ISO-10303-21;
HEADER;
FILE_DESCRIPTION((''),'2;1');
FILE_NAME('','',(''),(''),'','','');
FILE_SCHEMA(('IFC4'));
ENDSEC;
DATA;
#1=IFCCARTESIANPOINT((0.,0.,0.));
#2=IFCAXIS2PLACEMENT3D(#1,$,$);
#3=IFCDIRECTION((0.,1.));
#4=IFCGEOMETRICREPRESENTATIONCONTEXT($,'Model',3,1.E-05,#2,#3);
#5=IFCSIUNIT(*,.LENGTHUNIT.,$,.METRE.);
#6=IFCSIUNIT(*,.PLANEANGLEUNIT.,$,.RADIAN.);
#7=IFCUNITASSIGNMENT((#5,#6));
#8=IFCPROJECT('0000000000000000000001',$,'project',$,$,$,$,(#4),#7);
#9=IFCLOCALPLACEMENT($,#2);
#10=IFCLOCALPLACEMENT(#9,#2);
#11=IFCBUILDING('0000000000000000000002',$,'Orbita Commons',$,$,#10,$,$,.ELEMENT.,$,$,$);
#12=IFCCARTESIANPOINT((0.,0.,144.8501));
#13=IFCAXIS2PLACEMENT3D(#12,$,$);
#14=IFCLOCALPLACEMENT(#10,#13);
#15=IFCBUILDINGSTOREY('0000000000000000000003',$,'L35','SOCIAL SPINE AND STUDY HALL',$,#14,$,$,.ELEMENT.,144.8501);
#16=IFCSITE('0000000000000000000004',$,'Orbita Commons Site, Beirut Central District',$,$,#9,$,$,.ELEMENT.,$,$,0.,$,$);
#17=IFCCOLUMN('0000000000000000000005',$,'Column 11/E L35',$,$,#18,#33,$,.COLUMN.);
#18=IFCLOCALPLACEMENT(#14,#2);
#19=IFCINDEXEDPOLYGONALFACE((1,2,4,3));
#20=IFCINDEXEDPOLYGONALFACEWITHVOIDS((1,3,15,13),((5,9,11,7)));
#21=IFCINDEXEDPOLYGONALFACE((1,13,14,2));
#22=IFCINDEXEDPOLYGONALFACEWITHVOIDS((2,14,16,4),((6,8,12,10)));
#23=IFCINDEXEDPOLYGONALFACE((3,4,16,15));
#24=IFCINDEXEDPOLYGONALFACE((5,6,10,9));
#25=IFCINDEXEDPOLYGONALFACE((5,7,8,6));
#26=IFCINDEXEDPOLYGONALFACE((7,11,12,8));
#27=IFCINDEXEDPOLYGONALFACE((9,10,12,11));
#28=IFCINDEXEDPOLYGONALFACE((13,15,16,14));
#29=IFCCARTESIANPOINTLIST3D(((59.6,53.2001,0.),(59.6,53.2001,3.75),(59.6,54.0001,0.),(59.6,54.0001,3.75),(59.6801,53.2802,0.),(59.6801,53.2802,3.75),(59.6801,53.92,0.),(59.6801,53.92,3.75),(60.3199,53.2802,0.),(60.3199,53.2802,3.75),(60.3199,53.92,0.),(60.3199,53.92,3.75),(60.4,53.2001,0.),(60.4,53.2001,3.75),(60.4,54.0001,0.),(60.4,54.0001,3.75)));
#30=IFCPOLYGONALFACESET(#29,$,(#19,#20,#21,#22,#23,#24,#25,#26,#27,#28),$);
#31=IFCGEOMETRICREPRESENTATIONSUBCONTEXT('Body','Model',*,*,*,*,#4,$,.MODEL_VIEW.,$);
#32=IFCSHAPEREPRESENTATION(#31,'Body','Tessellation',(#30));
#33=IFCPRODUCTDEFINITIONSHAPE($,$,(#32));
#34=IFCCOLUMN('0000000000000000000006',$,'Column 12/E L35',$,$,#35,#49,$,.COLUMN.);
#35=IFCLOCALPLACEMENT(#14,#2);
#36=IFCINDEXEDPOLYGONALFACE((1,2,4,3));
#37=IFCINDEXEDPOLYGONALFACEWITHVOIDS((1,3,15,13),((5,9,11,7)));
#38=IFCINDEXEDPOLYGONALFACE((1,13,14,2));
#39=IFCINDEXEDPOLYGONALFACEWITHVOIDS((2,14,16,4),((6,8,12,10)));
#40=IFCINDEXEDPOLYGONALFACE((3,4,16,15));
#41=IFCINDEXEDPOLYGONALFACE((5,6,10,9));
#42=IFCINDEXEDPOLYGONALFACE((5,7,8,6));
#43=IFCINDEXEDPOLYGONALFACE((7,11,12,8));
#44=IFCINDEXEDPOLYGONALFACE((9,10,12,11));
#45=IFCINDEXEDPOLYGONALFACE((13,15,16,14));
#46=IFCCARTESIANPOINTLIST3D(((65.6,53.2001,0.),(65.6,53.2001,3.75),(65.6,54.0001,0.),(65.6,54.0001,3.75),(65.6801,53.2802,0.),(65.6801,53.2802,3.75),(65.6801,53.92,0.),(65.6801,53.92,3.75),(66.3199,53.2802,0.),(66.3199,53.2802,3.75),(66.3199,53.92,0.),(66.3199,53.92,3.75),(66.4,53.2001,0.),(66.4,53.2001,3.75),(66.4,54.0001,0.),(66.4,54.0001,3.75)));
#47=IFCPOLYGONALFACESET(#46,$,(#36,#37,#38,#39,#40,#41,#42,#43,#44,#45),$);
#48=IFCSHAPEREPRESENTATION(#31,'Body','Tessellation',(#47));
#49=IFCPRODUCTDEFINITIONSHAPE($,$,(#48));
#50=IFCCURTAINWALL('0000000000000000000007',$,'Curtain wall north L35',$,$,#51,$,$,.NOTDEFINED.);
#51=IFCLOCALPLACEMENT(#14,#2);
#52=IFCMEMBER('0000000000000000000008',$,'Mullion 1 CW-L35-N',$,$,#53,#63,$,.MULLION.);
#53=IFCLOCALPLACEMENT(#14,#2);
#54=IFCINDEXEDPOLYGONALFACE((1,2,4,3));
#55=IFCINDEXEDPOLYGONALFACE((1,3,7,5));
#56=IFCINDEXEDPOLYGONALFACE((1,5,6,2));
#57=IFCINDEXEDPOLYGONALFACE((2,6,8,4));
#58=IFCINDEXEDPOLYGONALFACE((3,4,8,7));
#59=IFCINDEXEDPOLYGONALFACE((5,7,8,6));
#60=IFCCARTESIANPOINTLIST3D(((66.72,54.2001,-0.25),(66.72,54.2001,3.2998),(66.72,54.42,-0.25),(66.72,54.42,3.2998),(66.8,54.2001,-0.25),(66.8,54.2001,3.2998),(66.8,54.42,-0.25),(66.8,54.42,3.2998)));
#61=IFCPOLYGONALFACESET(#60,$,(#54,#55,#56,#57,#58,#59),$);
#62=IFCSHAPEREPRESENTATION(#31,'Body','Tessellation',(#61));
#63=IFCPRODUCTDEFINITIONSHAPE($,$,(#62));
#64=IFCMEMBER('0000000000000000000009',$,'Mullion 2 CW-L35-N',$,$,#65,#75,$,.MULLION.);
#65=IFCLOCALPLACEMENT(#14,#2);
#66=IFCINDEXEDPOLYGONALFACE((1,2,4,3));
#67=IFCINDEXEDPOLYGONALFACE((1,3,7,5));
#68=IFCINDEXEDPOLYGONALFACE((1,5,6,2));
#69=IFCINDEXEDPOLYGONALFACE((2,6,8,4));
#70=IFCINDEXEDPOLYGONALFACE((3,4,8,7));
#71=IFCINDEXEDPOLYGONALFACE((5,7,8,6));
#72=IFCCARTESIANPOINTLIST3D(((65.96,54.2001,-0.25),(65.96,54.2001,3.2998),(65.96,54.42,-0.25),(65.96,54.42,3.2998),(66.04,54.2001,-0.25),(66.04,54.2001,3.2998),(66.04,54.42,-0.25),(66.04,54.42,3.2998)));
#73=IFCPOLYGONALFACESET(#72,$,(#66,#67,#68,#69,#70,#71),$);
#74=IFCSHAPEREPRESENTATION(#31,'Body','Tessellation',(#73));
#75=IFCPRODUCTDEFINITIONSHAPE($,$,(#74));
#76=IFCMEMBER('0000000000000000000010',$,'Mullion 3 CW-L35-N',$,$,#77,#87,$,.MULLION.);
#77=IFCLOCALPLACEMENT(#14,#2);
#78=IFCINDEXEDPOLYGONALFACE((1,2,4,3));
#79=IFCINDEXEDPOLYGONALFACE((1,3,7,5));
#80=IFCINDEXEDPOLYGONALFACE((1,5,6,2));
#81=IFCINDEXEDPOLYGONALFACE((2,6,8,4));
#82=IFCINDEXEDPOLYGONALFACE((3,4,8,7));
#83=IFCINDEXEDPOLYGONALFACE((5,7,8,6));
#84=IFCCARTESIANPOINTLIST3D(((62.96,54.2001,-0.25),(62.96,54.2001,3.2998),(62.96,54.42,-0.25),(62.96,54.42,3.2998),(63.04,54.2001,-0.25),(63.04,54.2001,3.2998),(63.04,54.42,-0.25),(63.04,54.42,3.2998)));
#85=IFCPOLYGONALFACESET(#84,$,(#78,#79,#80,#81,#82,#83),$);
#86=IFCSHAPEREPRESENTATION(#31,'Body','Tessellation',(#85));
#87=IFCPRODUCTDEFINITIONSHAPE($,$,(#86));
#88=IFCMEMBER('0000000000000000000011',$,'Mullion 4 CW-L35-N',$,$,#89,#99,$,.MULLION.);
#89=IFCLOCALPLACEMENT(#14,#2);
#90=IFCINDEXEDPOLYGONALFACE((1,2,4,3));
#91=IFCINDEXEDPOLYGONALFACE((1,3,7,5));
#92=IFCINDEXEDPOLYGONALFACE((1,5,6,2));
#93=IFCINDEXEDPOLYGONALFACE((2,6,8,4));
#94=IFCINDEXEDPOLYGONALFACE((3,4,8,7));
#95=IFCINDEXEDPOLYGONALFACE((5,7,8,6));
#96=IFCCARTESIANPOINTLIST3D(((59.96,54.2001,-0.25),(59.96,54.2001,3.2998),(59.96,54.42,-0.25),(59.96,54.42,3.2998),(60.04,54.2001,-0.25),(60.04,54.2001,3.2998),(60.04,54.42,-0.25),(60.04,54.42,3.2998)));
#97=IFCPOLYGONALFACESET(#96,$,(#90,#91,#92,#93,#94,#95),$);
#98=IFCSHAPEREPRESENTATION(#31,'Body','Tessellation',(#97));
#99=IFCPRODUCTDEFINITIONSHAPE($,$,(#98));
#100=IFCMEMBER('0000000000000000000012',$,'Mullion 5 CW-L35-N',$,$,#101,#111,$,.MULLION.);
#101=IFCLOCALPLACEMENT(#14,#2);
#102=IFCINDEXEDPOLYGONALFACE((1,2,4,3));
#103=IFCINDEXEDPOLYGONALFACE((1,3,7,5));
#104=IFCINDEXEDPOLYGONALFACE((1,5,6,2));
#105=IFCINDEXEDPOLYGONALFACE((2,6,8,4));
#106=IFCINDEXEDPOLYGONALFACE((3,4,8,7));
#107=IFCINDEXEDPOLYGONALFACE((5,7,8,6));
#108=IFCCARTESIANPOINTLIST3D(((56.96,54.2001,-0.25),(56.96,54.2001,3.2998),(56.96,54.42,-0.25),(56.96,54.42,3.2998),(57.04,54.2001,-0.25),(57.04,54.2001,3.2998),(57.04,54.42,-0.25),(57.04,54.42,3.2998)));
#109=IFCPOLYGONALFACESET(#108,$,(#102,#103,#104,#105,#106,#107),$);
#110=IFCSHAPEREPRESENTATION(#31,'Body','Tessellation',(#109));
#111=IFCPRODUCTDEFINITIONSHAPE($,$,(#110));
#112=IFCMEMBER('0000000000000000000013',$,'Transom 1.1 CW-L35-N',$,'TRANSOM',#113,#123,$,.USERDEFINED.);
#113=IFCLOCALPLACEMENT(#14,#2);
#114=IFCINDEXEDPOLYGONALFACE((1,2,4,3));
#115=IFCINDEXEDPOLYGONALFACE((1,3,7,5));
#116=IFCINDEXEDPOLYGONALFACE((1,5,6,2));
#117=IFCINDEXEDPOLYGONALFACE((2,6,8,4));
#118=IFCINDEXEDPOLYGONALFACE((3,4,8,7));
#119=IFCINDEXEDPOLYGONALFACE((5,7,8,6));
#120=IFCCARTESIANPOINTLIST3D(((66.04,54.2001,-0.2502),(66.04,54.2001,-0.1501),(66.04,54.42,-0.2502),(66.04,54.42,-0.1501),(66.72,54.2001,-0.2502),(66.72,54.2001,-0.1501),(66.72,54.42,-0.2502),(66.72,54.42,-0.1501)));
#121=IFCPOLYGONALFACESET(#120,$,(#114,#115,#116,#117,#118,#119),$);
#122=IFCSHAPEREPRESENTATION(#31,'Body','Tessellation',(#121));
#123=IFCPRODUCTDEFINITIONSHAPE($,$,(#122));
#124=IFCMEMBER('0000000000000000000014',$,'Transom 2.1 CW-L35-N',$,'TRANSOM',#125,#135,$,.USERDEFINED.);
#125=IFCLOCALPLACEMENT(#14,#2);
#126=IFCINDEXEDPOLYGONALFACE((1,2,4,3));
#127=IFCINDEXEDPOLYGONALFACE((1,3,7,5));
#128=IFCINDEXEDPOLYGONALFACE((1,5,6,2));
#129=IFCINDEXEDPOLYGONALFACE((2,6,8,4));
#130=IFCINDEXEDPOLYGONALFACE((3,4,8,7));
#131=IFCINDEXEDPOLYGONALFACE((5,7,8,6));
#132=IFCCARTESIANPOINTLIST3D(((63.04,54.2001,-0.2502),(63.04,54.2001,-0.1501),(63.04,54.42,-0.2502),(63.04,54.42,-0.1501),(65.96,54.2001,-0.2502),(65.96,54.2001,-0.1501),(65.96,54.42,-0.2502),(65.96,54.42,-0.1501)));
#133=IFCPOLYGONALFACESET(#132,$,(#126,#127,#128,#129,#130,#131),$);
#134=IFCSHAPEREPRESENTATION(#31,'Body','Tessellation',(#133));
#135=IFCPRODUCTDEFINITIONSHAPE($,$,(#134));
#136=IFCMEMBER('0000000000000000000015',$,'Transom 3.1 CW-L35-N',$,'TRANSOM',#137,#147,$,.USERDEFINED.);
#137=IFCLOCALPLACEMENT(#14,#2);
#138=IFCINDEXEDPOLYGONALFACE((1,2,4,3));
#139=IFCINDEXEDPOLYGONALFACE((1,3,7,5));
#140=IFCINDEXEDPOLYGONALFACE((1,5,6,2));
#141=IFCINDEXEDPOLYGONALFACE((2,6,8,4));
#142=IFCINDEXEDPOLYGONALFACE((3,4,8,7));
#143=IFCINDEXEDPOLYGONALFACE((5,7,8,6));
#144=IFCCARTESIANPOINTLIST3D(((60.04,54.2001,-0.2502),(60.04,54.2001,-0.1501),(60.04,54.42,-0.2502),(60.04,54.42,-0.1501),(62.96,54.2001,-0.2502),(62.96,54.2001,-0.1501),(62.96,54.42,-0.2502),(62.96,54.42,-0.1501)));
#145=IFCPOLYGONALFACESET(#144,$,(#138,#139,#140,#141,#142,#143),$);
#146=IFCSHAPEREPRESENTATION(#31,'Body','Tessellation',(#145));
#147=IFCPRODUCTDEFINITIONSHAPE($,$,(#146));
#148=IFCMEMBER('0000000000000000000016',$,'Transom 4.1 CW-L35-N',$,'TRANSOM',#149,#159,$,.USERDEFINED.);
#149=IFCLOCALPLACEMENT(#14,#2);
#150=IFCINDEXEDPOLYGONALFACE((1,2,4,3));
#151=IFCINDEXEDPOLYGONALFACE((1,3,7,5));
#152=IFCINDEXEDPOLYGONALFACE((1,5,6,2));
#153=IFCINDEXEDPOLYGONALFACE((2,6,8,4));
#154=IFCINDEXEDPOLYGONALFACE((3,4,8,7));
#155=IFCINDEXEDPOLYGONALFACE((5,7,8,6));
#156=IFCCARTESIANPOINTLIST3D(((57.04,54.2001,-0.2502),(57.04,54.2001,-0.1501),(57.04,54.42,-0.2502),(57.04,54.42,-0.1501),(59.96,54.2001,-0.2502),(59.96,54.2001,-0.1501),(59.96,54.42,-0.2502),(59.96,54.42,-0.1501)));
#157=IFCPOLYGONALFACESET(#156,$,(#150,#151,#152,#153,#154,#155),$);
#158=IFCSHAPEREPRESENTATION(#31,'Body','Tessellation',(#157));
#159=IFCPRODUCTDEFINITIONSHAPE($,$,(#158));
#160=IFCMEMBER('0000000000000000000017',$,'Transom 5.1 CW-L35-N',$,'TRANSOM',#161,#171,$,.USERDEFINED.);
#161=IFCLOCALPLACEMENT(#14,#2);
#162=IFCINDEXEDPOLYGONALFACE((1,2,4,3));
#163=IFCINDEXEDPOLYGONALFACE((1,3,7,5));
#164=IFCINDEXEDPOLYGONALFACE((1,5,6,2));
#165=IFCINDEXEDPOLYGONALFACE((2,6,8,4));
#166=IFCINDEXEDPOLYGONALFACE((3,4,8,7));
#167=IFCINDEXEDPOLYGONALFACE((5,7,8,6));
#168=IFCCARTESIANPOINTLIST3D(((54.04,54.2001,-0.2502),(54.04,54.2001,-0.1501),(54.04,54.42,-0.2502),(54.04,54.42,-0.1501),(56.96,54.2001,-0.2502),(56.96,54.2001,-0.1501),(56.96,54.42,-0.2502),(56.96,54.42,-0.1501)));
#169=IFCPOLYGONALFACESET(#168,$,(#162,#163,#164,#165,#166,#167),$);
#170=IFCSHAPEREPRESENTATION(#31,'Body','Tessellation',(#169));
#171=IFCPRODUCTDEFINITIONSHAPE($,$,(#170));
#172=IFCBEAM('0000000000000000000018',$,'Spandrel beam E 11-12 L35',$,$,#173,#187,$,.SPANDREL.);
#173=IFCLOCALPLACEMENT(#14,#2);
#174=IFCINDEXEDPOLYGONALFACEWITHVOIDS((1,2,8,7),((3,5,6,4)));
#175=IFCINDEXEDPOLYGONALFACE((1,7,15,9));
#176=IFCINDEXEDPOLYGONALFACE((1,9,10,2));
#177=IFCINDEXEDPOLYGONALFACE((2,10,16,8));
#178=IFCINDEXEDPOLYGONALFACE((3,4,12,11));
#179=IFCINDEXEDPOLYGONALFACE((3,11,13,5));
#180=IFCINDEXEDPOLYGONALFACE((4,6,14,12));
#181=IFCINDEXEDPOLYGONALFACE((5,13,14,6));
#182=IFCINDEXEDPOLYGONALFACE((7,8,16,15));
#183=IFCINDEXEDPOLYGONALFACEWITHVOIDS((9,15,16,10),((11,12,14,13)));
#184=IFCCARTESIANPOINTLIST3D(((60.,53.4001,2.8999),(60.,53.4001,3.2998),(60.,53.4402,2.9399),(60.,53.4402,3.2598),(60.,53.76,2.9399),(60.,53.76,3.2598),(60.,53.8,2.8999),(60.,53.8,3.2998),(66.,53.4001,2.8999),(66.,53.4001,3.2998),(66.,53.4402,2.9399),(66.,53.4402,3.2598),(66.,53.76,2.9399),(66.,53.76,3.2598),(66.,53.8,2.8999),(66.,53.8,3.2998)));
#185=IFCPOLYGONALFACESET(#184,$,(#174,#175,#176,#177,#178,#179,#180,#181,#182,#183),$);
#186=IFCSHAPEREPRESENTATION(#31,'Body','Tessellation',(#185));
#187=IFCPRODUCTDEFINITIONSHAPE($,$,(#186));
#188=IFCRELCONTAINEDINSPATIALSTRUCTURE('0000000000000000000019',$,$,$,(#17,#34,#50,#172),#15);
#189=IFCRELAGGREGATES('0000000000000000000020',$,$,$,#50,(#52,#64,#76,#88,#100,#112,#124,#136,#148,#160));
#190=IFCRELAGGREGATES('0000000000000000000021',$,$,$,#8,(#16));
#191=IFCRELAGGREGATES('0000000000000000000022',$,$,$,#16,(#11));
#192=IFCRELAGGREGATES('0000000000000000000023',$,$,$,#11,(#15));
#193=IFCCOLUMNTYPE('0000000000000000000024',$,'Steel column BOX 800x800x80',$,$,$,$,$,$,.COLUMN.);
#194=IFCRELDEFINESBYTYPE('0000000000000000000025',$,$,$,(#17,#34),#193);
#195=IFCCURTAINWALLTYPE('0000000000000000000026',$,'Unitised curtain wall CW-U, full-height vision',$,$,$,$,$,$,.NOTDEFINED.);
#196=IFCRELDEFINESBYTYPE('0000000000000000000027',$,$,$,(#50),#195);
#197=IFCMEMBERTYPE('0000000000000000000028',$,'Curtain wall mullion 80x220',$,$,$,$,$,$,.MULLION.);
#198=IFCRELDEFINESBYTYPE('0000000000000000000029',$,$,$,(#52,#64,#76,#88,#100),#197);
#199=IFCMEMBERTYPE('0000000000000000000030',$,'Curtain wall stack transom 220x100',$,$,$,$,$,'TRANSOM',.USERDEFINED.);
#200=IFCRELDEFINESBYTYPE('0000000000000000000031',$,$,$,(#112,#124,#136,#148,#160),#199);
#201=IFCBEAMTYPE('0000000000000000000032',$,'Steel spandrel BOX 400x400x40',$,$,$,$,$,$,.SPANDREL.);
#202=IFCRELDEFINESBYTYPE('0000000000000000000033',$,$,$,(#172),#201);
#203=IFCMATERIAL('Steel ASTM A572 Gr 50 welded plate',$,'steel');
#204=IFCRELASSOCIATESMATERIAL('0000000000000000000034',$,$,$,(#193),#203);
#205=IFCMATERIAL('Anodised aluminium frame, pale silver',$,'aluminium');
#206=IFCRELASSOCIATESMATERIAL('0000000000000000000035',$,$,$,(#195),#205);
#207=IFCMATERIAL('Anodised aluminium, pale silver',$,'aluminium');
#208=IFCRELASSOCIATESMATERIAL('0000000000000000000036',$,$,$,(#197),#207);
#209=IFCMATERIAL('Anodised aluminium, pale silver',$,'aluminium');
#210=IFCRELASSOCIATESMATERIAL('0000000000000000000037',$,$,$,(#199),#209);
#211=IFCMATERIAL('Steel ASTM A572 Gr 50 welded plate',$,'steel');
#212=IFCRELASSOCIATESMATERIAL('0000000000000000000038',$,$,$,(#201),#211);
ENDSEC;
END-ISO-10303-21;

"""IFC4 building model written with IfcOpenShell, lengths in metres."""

from ifc_helpers import new_model, si_unit, direction, frame, origin, origin_2d, place, context, subcontext, project, spatial, rectangle, hollow_rectangle, extrude, material, material_profile, profile_set, type_object, element, aggregate, save


model = new_model("IFC4")

# Units and contexts
model_context = context("Model", 3, precision=1e-05, world=origin(), true_north=direction((0.0, 1.0)))
body_context = subcontext(model_context, "Body", "Model", "MODEL_VIEW")
ifc_project = project(units=[si_unit("LENGTHUNIT", "METRE"), si_unit("PLANEANGLEUNIT", "RADIAN")], contexts=[model_context])

# Site, building, storey
site_placement = place(None, origin())
site = spatial("IfcSite", under=ifc_project, at=site_placement, Name="Orbita Commons Site, Beirut Central District", CompositionType="ELEMENT", RefElevation=0.0)
building_placement = place(site_placement, origin())
building = spatial("IfcBuilding", under=site, at=building_placement, Name="Orbita Commons", CompositionType="ELEMENT")
storey_placement = place(building_placement, frame((0.0, 0.0, 144.8501)))
storey = spatial("IfcBuildingStorey", under=building, at=storey_placement, Name="L35", Description="SOCIAL SPINE AND STUDY HALL", CompositionType="ELEMENT", Elevation=144.8501)

# Columns
ifc_material_1 = material(Name="Steel ASTM A572 Gr 50 welded plate", Category="steel")
ifc_material_profile_1 = material_profile(ifc_material_1, hollow_rectangle(XDim=0.8, YDim=0.8, WallThickness=0.0801, at=origin_2d()), Name="BOX 800x800x80")
ifc_profile_set_1 = profile_set([ifc_material_profile_1], Name="Steel ASTM A572 Gr 50 welded plate")
column_type = type_object("IfcColumnType", Name="Steel column BOX 800x800x80", PredefinedType="COLUMN", material=ifc_profile_set_1)
for number, where, z_axis, x_axis, name in (
    (1, (60.0, 53.6001, 0.0), (0.0, 0.0, 1.0), (1.0, 0.0, 0.0), "Column 11/E L35"),
    (2, (66.0, 53.6001, 0.0), (0.0, 0.0, 1.0), (1.0, 0.0, 0.0), "Column 12/E L35"),
):
    element("IfcColumn", number, at=place(storey_placement, frame(where, z_axis=z_axis, x_axis=x_axis)), inside=storey, type_object=column_type, Name=name, PredefinedType="COLUMN", context=body_context, shape_type="SweptSolid", body=[
        extrude(hollow_rectangle(XDim=0.8, YDim=0.8, WallThickness=0.0801, at=origin_2d()), origin(), (0.0, 0.0, 1.0), 3.75),
    ])

# Curtain wall, members
ifc_material_2 = material(Name="Anodised aluminium frame, pale silver", Category="aluminium")
curtain_wall_type = type_object("IfcCurtainWallType", Name="Unitised curtain wall CW-U, full-height vision", PredefinedType="NOTDEFINED", material=ifc_material_2)
curtain_wall_placement = place(storey_placement, origin())
curtain_wall = element("IfcCurtainWall", 3, at=curtain_wall_placement, inside=storey, type_object=curtain_wall_type, Name="Curtain wall north L35", PredefinedType="NOTDEFINED")
ifc_material_3 = material(Name="Anodised aluminium, pale silver", Category="aluminium")
ifc_material_profile_2 = material_profile(ifc_material_3, rectangle(XDim=0.0801, YDim=0.22, at=origin_2d()), Name="AL 80x220")
ifc_profile_set_2 = profile_set([ifc_material_profile_2], Name="Anodised aluminium, pale silver")
member_type_1 = type_object("IfcMemberType", Name="Curtain wall mullion 80x220", PredefinedType="MULLION", material=ifc_profile_set_2)
member_1_placement = place(storey_placement, frame((66.76, 54.3101, -0.25), z_axis=(0.0, 0.0, 1.0), x_axis=(-1.0, 0.0, 0.0)))
member_1 = element("IfcMember", 4, at=member_1_placement, type_object=member_type_1, Name="Mullion 1 CW-L35-N", PredefinedType="MULLION", context=body_context, shape_type="SweptSolid", body=[
    extrude(rectangle(XDim=0.0801, YDim=0.22, at=origin_2d()), origin(), (0.0, 0.0, 1.0), 3.5498),
])
member_2_placement = place(storey_placement, frame((66.0, 54.3101, -0.25), z_axis=(0.0, 0.0, 1.0), x_axis=(-1.0, 0.0, 0.0)))
member_2 = element("IfcMember", 5, at=member_2_placement, type_object=member_type_1, Name="Mullion 2 CW-L35-N", PredefinedType="MULLION", context=body_context, shape_type="SweptSolid", body=[
    extrude(rectangle(XDim=0.0801, YDim=0.22, at=origin_2d()), origin(), (0.0, 0.0, 1.0), 3.5498),
])
member_3_placement = place(storey_placement, frame((63.0, 54.3101, -0.25), z_axis=(0.0, 0.0, 1.0), x_axis=(-1.0, 0.0, 0.0)))
member_3 = element("IfcMember", 6, at=member_3_placement, type_object=member_type_1, Name="Mullion 3 CW-L35-N", PredefinedType="MULLION", context=body_context, shape_type="SweptSolid", body=[
    extrude(rectangle(XDim=0.0801, YDim=0.22, at=origin_2d()), origin(), (0.0, 0.0, 1.0), 3.5498),
])
member_4_placement = place(storey_placement, frame((60.0, 54.3101, -0.25), z_axis=(0.0, 0.0, 1.0), x_axis=(-1.0, 0.0, 0.0)))
member_4 = element("IfcMember", 7, at=member_4_placement, type_object=member_type_1, Name="Mullion 4 CW-L35-N", PredefinedType="MULLION", context=body_context, shape_type="SweptSolid", body=[
    extrude(rectangle(XDim=0.0801, YDim=0.22, at=origin_2d()), origin(), (0.0, 0.0, 1.0), 3.5498),
])
member_5_placement = place(storey_placement, frame((57.0, 54.3101, -0.25), z_axis=(0.0, 0.0, 1.0), x_axis=(-1.0, 0.0, 0.0)))
member_5 = element("IfcMember", 8, at=member_5_placement, type_object=member_type_1, Name="Mullion 5 CW-L35-N", PredefinedType="MULLION", context=body_context, shape_type="SweptSolid", body=[
    extrude(rectangle(XDim=0.0801, YDim=0.22, at=origin_2d()), origin(), (0.0, 0.0, 1.0), 3.5498),
])
ifc_material_4 = material(Name="Anodised aluminium, pale silver", Category="aluminium")
ifc_material_profile_3 = material_profile(ifc_material_4, rectangle(XDim=0.22, YDim=0.1001, at=origin_2d()), Name="AL 220x100")
ifc_profile_set_3 = profile_set([ifc_material_profile_3], Name="Anodised aluminium, pale silver")
member_type_2 = type_object("IfcMemberType", Name="Curtain wall stack transom 220x100", ElementType="TRANSOM", PredefinedType="USERDEFINED", material=ifc_profile_set_3)
member_6_placement = place(storey_placement, frame((66.72, 54.3101, -0.2002), z_axis=(-1.0, 0.0, 0.0), x_axis=(0.0, -1.0, 0.0)))
member_6 = element("IfcMember", 9, at=member_6_placement, type_object=member_type_2, Name="Transom 1.1 CW-L35-N", ObjectType="TRANSOM", PredefinedType="USERDEFINED", context=body_context, shape_type="SweptSolid", body=[
    extrude(rectangle(XDim=0.22, YDim=0.1001, at=origin_2d()), origin(), (0.0, 0.0, 1.0), 0.6799),
])
member_7_placement = place(storey_placement, frame((65.96, 54.3101, -0.2002), z_axis=(-1.0, 0.0, 0.0), x_axis=(0.0, -1.0, 0.0)))
member_7 = element("IfcMember", 10, at=member_7_placement, type_object=member_type_2, Name="Transom 2.1 CW-L35-N", ObjectType="TRANSOM", PredefinedType="USERDEFINED", context=body_context, shape_type="SweptSolid", body=[
    extrude(rectangle(XDim=0.22, YDim=0.1001, at=origin_2d()), origin(), (0.0, 0.0, 1.0), 2.9199),
])
member_8_placement = place(storey_placement, frame((62.96, 54.3101, -0.2002), z_axis=(-1.0, 0.0, 0.0), x_axis=(0.0, -1.0, 0.0)))
member_8 = element("IfcMember", 11, at=member_8_placement, type_object=member_type_2, Name="Transom 3.1 CW-L35-N", ObjectType="TRANSOM", PredefinedType="USERDEFINED", context=body_context, shape_type="SweptSolid", body=[
    extrude(rectangle(XDim=0.22, YDim=0.1001, at=origin_2d()), origin(), (0.0, 0.0, 1.0), 2.9199),
])
member_9_placement = place(storey_placement, frame((59.96, 54.3101, -0.2002), z_axis=(-1.0, 0.0, 0.0), x_axis=(0.0, -1.0, 0.0)))
member_9 = element("IfcMember", 12, at=member_9_placement, type_object=member_type_2, Name="Transom 4.1 CW-L35-N", ObjectType="TRANSOM", PredefinedType="USERDEFINED", context=body_context, shape_type="SweptSolid", body=[
    extrude(rectangle(XDim=0.22, YDim=0.1001, at=origin_2d()), origin(), (0.0, 0.0, 1.0), 2.9199),
])
member_10_placement = place(storey_placement, frame((56.96, 54.3101, -0.2002), z_axis=(-1.0, 0.0, 0.0), x_axis=(0.0, -1.0, 0.0)))
member_10 = element("IfcMember", 13, at=member_10_placement, type_object=member_type_2, Name="Transom 5.1 CW-L35-N", ObjectType="TRANSOM", PredefinedType="USERDEFINED", context=body_context, shape_type="SweptSolid", body=[
    extrude(rectangle(XDim=0.22, YDim=0.1001, at=origin_2d()), origin(), (0.0, 0.0, 1.0), 2.9199),
])

# Beam
ifc_material_5 = material(Name="Steel ASTM A572 Gr 50 welded plate", Category="steel")
ifc_material_profile_4 = material_profile(ifc_material_5, hollow_rectangle(XDim=0.3999, YDim=0.3999, WallThickness=0.04, at=origin_2d()), Name="BOX 400x400x40")
ifc_profile_set_4 = profile_set([ifc_material_profile_4], Name="Steel ASTM A572 Gr 50 welded plate")
beam_type = type_object("IfcBeamType", Name="Steel spandrel BOX 400x400x40", PredefinedType="SPANDREL", material=ifc_profile_set_4)
beam_placement = place(storey_placement, frame((60.0, 53.6001, 3.0999), z_axis=(1.0, 0.0, 0.0), x_axis=(0.0, 1.0, 0.0)))
element("IfcBeam", 14, at=beam_placement, inside=storey, type_object=beam_type, Name="Spandrel beam E 11-12 L35", PredefinedType="SPANDREL", context=body_context, shape_type="SweptSolid", body=[
    extrude(hollow_rectangle(XDim=0.3999, YDim=0.3999, WallThickness=0.04, at=origin_2d()), origin(), (0.0, 0.0, 1.0), 6.0),
])

aggregate(curtain_wall, [member_1, member_2, member_3, member_4, member_5, member_6, member_7, member_8, member_9, member_10])

save(model, "model.ifc")
